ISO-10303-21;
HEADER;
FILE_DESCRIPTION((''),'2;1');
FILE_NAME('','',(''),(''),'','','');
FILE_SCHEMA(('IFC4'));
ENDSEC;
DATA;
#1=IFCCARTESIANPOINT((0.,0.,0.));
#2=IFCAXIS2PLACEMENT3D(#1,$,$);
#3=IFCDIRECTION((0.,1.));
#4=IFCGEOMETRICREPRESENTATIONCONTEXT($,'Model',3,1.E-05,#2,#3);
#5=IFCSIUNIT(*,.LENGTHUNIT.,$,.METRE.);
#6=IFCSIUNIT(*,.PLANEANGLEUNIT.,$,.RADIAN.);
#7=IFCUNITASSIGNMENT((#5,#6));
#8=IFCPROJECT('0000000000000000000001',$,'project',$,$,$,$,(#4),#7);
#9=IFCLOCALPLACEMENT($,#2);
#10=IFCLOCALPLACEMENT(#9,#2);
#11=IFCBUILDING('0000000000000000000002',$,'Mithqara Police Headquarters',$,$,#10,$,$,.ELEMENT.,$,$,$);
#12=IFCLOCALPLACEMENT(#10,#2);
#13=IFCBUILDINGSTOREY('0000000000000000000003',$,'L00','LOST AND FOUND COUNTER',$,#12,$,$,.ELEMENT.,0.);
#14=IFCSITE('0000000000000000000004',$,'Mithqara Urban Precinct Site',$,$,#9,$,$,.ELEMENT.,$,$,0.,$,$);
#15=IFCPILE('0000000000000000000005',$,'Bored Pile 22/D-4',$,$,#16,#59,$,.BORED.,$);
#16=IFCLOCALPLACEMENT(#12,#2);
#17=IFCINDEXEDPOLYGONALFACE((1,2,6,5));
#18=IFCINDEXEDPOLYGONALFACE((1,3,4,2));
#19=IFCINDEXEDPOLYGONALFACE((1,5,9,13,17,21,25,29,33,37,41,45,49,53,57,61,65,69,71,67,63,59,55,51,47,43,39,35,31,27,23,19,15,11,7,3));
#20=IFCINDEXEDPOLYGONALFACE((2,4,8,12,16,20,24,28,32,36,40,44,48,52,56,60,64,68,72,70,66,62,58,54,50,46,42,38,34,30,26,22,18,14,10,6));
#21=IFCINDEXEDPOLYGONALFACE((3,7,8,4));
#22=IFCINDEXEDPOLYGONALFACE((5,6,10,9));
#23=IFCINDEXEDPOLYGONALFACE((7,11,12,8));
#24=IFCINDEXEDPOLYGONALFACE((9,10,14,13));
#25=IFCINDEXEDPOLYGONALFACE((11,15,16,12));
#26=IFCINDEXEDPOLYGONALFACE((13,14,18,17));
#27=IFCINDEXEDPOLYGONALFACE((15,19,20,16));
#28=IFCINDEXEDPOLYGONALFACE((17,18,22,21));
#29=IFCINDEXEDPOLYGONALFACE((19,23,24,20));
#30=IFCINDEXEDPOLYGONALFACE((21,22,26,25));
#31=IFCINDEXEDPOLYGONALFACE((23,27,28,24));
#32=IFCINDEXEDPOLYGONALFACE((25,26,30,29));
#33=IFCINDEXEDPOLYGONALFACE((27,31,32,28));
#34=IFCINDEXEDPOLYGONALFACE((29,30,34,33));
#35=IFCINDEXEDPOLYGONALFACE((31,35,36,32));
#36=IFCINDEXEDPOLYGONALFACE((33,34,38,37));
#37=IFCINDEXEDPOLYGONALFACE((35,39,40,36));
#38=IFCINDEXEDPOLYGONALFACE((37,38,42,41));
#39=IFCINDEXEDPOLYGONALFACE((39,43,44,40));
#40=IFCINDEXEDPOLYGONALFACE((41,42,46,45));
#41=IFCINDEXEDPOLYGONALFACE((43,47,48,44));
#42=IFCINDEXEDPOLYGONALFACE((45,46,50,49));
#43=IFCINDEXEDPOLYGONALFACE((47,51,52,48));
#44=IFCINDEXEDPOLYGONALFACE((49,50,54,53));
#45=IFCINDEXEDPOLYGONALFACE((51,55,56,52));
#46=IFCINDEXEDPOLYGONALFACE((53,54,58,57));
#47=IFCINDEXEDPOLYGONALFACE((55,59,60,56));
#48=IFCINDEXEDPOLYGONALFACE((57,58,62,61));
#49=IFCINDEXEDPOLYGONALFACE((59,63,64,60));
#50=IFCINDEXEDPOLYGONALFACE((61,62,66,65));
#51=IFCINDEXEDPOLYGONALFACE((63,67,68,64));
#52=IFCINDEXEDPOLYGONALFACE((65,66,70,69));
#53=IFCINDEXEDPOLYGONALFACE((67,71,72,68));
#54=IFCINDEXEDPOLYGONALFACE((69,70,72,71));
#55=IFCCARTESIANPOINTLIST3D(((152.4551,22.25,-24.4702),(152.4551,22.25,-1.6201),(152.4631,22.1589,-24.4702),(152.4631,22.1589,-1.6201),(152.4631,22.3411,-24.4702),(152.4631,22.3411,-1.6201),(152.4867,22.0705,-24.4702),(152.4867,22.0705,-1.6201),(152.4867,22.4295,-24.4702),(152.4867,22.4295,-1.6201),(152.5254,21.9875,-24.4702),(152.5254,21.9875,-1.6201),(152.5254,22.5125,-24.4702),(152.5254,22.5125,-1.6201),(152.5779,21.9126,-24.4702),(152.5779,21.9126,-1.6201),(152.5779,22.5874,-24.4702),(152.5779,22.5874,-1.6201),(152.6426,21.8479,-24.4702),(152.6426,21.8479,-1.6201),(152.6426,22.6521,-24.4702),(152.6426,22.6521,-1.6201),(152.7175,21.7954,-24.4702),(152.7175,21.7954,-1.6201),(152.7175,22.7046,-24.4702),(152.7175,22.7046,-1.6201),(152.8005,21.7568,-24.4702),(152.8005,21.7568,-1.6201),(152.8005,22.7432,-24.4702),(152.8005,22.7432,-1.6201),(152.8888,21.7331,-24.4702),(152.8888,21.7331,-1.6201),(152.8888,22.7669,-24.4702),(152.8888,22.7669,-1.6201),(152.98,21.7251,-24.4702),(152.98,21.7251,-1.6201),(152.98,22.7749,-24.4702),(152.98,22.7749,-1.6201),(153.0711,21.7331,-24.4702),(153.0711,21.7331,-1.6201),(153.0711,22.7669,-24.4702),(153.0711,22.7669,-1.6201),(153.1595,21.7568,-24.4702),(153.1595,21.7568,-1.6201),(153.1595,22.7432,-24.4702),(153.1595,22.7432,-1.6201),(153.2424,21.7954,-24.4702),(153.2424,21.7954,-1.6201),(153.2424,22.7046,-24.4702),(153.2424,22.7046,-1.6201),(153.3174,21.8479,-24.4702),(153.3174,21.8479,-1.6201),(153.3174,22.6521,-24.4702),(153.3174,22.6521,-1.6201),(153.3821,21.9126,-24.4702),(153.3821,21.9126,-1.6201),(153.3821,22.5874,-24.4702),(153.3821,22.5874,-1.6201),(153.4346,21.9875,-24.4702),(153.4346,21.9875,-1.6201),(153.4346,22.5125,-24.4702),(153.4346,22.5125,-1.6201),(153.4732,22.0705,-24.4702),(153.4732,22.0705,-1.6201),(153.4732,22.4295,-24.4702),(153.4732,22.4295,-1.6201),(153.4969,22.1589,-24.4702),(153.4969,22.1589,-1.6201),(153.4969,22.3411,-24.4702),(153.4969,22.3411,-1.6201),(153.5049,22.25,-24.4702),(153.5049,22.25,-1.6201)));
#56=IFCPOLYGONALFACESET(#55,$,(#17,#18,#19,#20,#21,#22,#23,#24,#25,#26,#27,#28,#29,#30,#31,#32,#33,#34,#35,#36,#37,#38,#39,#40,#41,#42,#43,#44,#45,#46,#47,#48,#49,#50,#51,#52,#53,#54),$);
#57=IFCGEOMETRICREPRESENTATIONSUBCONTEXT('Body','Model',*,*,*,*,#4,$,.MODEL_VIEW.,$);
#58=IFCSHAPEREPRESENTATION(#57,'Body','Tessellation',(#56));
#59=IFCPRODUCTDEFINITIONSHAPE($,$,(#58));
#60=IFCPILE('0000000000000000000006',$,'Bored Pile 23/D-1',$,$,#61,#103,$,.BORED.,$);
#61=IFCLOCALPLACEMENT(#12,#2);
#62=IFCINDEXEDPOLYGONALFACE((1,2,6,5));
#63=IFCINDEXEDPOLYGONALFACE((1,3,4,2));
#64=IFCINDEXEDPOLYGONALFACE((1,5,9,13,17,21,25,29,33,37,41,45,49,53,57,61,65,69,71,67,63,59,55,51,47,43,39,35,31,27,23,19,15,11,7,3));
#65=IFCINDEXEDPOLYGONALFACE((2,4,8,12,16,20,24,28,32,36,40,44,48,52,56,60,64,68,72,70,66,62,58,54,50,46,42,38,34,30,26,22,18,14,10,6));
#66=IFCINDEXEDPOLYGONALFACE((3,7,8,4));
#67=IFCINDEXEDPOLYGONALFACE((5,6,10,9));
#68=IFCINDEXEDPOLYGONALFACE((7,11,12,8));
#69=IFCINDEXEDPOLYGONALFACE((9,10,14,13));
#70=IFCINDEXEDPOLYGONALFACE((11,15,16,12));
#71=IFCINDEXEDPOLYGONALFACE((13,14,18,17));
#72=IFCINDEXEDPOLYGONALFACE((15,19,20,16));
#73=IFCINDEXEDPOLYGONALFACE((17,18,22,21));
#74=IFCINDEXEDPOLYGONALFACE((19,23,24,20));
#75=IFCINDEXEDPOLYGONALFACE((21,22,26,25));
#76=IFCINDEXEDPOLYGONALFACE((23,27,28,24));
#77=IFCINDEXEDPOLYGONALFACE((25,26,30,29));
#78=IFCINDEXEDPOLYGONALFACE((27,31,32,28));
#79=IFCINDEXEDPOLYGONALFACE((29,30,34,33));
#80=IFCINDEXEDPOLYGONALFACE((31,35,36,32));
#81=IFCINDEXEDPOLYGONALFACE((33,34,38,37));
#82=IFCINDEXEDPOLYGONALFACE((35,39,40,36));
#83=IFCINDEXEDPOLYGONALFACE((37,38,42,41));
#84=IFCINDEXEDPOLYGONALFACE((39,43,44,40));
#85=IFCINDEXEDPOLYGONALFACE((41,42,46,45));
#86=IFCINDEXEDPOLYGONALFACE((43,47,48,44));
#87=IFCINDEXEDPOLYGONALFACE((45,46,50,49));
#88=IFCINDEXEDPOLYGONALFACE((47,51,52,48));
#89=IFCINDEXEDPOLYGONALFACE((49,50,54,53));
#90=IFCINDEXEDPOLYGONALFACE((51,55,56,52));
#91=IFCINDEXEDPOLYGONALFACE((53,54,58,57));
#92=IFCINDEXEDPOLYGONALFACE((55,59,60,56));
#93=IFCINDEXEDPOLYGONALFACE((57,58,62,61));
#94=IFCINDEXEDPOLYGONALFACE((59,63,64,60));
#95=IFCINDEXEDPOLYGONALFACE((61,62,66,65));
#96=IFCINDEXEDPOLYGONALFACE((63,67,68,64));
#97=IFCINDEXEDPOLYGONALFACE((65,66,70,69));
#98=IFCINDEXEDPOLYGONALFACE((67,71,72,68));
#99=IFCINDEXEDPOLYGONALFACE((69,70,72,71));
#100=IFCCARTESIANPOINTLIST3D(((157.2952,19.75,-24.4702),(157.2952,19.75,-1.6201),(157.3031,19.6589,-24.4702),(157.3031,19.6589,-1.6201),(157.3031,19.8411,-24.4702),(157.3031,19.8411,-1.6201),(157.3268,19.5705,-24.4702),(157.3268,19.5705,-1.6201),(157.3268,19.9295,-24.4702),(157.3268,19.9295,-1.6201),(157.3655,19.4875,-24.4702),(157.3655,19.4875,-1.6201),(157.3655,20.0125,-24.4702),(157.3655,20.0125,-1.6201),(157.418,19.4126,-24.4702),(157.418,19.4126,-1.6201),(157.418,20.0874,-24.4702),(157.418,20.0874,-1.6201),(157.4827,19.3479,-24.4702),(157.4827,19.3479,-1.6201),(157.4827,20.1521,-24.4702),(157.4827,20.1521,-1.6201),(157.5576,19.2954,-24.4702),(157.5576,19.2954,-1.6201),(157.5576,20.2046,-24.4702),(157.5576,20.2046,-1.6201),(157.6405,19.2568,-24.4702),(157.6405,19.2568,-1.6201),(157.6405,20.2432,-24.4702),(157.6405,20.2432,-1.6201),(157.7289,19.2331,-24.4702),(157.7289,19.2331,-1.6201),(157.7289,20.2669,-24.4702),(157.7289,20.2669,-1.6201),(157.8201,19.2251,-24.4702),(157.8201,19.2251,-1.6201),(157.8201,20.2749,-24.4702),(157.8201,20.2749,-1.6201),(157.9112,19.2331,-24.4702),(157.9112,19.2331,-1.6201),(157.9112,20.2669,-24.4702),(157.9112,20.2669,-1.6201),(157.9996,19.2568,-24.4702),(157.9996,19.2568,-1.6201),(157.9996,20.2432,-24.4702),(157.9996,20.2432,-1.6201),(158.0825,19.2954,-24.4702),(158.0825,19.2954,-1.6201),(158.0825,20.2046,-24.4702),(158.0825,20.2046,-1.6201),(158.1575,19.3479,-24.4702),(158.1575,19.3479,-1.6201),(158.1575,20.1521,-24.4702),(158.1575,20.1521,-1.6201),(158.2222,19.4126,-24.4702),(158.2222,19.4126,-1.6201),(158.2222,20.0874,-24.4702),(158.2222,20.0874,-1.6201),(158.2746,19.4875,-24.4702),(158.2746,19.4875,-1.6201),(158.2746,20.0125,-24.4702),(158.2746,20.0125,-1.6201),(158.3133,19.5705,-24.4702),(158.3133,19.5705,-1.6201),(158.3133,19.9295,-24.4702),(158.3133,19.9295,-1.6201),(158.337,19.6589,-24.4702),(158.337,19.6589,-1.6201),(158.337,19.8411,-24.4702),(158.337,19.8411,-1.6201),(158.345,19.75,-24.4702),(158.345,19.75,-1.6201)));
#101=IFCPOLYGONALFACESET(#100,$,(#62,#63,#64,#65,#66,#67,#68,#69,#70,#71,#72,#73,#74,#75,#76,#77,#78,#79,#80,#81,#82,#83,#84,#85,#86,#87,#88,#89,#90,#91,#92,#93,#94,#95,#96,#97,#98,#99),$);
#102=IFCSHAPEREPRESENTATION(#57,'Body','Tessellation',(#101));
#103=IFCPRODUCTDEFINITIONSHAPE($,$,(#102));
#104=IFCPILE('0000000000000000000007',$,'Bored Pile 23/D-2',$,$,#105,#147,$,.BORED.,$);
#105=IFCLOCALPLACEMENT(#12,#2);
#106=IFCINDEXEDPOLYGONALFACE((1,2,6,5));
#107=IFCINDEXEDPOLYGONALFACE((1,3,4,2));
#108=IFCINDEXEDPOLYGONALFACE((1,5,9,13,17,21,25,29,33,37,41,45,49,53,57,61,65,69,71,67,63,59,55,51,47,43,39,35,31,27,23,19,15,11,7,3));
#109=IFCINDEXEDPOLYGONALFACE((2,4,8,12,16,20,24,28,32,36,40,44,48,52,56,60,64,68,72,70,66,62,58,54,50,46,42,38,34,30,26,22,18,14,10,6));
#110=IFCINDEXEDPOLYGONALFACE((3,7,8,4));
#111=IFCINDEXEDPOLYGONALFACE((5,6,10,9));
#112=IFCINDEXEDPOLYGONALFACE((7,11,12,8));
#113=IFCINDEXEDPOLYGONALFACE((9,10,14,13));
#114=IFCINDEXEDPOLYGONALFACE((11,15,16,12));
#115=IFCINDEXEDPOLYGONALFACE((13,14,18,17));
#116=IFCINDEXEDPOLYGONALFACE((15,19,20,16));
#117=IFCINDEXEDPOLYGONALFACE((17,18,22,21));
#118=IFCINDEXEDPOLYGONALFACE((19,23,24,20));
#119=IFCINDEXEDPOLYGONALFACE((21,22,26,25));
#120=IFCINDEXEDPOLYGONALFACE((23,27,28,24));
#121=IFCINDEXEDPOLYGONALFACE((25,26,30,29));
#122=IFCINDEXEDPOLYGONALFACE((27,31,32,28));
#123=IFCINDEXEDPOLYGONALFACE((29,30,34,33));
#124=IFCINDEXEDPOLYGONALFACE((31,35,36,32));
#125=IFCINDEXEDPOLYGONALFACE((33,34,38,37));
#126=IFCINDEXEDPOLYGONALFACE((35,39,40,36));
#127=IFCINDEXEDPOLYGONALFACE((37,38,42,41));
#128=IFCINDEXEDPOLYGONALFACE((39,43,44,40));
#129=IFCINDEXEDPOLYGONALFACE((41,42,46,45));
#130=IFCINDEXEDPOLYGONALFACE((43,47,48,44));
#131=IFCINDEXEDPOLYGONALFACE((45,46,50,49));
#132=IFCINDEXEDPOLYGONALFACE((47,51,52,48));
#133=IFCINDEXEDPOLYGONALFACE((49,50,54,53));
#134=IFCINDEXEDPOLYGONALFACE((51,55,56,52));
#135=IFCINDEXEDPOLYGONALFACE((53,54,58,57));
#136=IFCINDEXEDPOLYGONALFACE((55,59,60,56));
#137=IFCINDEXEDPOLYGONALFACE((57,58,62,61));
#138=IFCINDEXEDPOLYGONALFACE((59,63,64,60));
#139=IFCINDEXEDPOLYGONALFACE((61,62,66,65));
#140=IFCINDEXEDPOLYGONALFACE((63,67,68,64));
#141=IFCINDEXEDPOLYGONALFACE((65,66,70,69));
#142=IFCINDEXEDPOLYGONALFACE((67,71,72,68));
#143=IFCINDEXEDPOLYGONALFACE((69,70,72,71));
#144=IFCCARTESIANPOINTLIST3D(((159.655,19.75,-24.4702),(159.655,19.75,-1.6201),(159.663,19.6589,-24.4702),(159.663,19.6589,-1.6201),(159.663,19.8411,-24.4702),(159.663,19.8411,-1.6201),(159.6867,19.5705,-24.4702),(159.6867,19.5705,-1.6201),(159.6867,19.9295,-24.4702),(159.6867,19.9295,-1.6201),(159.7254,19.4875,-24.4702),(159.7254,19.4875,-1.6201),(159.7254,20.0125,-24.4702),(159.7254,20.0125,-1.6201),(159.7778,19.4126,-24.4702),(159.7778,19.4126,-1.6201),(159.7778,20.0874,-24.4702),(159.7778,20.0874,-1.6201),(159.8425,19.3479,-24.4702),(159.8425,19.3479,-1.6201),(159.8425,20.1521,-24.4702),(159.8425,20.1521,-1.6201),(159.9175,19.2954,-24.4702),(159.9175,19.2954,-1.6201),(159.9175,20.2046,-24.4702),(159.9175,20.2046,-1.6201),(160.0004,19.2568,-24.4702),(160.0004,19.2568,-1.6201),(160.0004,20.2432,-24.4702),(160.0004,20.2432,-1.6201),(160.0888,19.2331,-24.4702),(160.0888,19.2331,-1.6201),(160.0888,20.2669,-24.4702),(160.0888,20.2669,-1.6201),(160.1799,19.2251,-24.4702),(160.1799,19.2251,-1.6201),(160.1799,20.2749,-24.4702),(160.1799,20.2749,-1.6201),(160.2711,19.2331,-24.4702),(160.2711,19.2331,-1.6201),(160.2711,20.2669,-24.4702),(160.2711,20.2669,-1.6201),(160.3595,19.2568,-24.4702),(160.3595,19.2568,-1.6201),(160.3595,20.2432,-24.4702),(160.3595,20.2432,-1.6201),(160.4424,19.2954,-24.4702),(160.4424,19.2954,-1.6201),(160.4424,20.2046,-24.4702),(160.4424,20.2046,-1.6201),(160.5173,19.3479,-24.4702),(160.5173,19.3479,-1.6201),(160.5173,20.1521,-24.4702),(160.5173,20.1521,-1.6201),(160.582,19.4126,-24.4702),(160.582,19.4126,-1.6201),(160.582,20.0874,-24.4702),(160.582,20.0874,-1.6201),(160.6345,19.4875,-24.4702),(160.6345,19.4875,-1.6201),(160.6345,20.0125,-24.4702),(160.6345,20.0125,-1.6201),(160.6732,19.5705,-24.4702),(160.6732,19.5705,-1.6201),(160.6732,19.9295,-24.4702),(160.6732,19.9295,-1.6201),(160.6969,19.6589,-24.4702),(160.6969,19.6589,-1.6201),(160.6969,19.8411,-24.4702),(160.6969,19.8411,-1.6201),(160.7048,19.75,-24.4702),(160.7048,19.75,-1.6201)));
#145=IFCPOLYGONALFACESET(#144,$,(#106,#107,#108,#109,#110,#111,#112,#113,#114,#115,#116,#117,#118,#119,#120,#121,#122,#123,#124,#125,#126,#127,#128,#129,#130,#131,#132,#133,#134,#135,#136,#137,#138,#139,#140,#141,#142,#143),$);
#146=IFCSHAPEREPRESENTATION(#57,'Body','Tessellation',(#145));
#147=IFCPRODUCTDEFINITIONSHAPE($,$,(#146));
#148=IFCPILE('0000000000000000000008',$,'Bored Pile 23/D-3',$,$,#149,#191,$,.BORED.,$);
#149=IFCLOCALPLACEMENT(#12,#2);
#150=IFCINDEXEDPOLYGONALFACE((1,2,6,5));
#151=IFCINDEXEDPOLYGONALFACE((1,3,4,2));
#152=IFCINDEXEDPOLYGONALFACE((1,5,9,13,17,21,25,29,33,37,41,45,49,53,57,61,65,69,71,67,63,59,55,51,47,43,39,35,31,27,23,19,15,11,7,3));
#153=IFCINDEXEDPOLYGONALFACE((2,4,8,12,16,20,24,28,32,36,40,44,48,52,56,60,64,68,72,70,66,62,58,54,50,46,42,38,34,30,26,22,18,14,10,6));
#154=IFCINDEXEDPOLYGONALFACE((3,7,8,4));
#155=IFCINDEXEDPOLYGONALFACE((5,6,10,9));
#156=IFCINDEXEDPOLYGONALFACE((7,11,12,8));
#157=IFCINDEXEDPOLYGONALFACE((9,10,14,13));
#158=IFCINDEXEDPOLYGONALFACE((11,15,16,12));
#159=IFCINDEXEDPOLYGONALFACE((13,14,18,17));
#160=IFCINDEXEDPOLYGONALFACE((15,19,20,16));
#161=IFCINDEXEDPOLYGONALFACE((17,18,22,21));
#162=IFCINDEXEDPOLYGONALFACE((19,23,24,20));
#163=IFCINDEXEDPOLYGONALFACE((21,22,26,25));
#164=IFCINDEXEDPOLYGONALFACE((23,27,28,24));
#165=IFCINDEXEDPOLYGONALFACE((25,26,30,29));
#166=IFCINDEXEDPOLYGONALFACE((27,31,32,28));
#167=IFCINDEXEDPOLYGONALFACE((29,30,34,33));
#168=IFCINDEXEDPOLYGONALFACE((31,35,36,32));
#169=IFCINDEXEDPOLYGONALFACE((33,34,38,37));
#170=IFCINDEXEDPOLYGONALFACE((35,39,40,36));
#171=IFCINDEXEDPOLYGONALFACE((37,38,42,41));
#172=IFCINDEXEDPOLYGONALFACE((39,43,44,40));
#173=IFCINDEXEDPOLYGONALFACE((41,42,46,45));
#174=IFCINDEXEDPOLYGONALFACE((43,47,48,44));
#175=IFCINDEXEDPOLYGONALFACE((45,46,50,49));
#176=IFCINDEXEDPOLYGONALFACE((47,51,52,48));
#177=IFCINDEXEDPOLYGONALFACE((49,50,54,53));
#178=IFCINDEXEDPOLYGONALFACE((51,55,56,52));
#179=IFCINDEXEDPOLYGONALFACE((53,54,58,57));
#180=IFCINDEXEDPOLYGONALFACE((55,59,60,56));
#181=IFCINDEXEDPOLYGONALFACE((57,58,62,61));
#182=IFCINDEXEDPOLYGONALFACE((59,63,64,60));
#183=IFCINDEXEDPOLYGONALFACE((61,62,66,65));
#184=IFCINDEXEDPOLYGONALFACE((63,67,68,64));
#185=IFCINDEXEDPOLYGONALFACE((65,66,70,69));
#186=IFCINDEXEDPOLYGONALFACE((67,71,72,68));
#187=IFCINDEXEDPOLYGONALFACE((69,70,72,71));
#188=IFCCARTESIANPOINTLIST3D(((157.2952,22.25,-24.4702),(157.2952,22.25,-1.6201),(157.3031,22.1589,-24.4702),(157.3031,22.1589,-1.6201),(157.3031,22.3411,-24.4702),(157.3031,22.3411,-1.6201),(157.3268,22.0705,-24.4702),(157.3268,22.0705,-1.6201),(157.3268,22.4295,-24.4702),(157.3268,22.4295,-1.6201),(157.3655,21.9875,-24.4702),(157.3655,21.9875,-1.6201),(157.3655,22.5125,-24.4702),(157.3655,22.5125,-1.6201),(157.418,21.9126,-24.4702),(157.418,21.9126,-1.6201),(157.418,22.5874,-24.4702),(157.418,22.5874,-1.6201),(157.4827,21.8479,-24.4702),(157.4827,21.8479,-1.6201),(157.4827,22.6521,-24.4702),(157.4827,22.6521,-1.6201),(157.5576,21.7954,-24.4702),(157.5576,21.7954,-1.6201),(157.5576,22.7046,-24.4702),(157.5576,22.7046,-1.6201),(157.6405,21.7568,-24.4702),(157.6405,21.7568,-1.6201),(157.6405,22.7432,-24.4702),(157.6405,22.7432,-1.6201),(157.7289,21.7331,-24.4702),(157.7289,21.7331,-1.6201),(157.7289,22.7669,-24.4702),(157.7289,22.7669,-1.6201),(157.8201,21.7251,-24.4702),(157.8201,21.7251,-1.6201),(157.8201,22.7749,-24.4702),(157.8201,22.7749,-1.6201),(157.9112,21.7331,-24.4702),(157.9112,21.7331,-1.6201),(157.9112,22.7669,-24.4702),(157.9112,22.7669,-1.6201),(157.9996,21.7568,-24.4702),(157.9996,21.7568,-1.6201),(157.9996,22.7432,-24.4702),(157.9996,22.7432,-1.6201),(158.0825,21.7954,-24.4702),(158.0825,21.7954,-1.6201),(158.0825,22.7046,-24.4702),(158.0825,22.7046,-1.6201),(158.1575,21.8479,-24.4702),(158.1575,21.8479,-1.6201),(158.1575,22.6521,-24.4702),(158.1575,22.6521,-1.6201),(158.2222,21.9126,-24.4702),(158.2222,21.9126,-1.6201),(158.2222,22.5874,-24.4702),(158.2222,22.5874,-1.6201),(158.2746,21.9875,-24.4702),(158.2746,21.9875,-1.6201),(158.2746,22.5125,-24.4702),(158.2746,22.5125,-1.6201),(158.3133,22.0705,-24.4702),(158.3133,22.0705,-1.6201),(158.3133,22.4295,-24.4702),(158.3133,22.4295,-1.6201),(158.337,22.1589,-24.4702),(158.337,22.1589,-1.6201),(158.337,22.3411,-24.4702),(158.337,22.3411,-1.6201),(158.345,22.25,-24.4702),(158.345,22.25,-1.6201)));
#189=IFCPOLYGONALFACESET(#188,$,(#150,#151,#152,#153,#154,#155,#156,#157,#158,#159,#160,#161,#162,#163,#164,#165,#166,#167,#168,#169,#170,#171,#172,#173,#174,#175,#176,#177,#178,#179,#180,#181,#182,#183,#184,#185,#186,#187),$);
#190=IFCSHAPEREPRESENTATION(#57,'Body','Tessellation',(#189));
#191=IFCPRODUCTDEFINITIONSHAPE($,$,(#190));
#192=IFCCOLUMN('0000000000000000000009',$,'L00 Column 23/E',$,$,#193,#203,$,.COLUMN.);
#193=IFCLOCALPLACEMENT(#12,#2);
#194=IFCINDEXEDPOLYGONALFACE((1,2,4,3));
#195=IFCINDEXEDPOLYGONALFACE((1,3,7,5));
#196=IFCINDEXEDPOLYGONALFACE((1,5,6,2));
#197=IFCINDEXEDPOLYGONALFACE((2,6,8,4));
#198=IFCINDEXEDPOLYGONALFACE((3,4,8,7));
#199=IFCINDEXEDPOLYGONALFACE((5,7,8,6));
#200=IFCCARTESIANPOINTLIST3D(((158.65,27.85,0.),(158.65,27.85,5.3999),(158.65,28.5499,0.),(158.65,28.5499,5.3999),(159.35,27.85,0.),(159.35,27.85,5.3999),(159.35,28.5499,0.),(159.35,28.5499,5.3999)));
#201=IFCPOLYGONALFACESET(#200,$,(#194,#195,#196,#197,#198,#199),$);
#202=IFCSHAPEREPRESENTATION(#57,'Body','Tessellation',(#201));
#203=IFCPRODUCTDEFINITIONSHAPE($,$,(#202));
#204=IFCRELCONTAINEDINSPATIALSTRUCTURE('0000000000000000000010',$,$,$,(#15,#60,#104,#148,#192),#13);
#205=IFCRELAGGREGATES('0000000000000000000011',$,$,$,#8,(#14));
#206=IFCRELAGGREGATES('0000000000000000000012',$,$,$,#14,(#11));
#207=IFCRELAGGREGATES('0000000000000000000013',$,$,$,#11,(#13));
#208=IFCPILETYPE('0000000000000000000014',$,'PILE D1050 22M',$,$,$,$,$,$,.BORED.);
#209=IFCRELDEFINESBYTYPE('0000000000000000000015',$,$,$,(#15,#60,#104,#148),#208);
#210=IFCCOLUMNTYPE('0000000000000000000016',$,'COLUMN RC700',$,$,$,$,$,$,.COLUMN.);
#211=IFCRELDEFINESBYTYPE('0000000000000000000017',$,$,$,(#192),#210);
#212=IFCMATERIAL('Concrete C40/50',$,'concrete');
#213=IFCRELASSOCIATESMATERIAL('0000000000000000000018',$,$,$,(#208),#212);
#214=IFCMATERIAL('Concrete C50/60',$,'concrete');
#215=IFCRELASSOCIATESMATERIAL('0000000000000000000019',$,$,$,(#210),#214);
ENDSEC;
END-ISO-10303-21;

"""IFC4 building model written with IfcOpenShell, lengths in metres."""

from ifc_helpers import new_model, si_unit, direction, frame, origin, origin_2d, place, context, subcontext, project, spatial, rectangle, circle, extrude, material, material_profile, profile_set, type_object, element, save


model = new_model("IFC4")

# Units and contexts
model_context = context("Model", 3, precision=1e-05, world=origin(), true_north=direction((0.0, 1.0)))
body_context = subcontext(model_context, "Body", "Model", "MODEL_VIEW")
ifc_project = project(units=[si_unit("LENGTHUNIT", "METRE"), si_unit("PLANEANGLEUNIT", "RADIAN")], contexts=[model_context])

# Site, building, storey
site_placement = place(None, origin())
site = spatial("IfcSite", under=ifc_project, at=site_placement, Name="Mithqara Urban Precinct Site", CompositionType="ELEMENT", RefElevation=0.0)
building_placement = place(site_placement, origin())
building = spatial("IfcBuilding", under=site, at=building_placement, Name="Mithqara Police Headquarters", CompositionType="ELEMENT")
storey_placement = place(building_placement, origin())
storey = spatial("IfcBuildingStorey", under=building, at=storey_placement, Name="L00", Description="LOST AND FOUND COUNTER", CompositionType="ELEMENT", Elevation=0.0)

# Shared definitions
ifc_material_1 = material(Name="Concrete C40/50", Category="concrete")

# Piles
ifc_material_profile_1 = material_profile(ifc_material_1, circle(Radius=0.5249, at=origin_2d()), Name="PILE D1050")
ifc_profile_set_1 = profile_set([ifc_material_profile_1], Name="Concrete C40/50")
pile_type = type_object("IfcPileType", Name="PILE D1050 22M", PredefinedType="BORED", material=ifc_profile_set_1)
for number, where, z_axis, x_axis, name in (
    (1, (152.98, 22.25, -1.6201), (0.0, 0.0, -1.0), (1.0, 0.0, 0.0), "Bored Pile 22/D-4"),
    (2, (157.8201, 19.75, -1.6201), (0.0, 0.0, -1.0), (1.0, 0.0, 0.0), "Bored Pile 23/D-1"),
    (3, (160.1799, 19.75, -1.6201), (0.0, 0.0, -1.0), (1.0, 0.0, 0.0), "Bored Pile 23/D-2"),
    (4, (157.8201, 22.25, -1.6201), (0.0, 0.0, -1.0), (1.0, 0.0, 0.0), "Bored Pile 23/D-3"),
):
    element("IfcPile", number, at=place(storey_placement, frame(where, z_axis=z_axis, x_axis=x_axis)), inside=storey, type_object=pile_type, Name=name, PredefinedType="BORED", context=body_context, shape_type="SweptSolid", body=[
        extrude(circle(Radius=0.5249, at=origin_2d()), origin(), (0.0, 0.0, 1.0), 22.8501),
    ])

# Column
ifc_material_2 = material(Name="Concrete C50/60", Category="concrete")
ifc_material_profile_2 = material_profile(ifc_material_2, rectangle(XDim=0.7, YDim=0.7, at=origin_2d()), Name="RC 700x700")
ifc_profile_set_2 = profile_set([ifc_material_profile_2], Name="Concrete C50/60")
column_type_1 = type_object("IfcColumnType", Name="COLUMN RC700", PredefinedType="COLUMN", material=ifc_profile_set_2)
column_1_placement = place(storey_placement, frame((159.0, 28.2, 0.0), z_axis=(0.0, 0.0, 1.0), x_axis=(1.0, 0.0, 0.0)))
element("IfcColumn", 5, at=column_1_placement, inside=storey, type_object=column_type_1, Name="L00 Column 23/E", PredefinedType="COLUMN", context=body_context, shape_type="SweptSolid", body=[
    extrude(rectangle(XDim=0.7, YDim=0.7, at=origin_2d()), origin(), (0.0, 0.0, 1.0), 5.3999),
])

save(model, "model.ifc")
